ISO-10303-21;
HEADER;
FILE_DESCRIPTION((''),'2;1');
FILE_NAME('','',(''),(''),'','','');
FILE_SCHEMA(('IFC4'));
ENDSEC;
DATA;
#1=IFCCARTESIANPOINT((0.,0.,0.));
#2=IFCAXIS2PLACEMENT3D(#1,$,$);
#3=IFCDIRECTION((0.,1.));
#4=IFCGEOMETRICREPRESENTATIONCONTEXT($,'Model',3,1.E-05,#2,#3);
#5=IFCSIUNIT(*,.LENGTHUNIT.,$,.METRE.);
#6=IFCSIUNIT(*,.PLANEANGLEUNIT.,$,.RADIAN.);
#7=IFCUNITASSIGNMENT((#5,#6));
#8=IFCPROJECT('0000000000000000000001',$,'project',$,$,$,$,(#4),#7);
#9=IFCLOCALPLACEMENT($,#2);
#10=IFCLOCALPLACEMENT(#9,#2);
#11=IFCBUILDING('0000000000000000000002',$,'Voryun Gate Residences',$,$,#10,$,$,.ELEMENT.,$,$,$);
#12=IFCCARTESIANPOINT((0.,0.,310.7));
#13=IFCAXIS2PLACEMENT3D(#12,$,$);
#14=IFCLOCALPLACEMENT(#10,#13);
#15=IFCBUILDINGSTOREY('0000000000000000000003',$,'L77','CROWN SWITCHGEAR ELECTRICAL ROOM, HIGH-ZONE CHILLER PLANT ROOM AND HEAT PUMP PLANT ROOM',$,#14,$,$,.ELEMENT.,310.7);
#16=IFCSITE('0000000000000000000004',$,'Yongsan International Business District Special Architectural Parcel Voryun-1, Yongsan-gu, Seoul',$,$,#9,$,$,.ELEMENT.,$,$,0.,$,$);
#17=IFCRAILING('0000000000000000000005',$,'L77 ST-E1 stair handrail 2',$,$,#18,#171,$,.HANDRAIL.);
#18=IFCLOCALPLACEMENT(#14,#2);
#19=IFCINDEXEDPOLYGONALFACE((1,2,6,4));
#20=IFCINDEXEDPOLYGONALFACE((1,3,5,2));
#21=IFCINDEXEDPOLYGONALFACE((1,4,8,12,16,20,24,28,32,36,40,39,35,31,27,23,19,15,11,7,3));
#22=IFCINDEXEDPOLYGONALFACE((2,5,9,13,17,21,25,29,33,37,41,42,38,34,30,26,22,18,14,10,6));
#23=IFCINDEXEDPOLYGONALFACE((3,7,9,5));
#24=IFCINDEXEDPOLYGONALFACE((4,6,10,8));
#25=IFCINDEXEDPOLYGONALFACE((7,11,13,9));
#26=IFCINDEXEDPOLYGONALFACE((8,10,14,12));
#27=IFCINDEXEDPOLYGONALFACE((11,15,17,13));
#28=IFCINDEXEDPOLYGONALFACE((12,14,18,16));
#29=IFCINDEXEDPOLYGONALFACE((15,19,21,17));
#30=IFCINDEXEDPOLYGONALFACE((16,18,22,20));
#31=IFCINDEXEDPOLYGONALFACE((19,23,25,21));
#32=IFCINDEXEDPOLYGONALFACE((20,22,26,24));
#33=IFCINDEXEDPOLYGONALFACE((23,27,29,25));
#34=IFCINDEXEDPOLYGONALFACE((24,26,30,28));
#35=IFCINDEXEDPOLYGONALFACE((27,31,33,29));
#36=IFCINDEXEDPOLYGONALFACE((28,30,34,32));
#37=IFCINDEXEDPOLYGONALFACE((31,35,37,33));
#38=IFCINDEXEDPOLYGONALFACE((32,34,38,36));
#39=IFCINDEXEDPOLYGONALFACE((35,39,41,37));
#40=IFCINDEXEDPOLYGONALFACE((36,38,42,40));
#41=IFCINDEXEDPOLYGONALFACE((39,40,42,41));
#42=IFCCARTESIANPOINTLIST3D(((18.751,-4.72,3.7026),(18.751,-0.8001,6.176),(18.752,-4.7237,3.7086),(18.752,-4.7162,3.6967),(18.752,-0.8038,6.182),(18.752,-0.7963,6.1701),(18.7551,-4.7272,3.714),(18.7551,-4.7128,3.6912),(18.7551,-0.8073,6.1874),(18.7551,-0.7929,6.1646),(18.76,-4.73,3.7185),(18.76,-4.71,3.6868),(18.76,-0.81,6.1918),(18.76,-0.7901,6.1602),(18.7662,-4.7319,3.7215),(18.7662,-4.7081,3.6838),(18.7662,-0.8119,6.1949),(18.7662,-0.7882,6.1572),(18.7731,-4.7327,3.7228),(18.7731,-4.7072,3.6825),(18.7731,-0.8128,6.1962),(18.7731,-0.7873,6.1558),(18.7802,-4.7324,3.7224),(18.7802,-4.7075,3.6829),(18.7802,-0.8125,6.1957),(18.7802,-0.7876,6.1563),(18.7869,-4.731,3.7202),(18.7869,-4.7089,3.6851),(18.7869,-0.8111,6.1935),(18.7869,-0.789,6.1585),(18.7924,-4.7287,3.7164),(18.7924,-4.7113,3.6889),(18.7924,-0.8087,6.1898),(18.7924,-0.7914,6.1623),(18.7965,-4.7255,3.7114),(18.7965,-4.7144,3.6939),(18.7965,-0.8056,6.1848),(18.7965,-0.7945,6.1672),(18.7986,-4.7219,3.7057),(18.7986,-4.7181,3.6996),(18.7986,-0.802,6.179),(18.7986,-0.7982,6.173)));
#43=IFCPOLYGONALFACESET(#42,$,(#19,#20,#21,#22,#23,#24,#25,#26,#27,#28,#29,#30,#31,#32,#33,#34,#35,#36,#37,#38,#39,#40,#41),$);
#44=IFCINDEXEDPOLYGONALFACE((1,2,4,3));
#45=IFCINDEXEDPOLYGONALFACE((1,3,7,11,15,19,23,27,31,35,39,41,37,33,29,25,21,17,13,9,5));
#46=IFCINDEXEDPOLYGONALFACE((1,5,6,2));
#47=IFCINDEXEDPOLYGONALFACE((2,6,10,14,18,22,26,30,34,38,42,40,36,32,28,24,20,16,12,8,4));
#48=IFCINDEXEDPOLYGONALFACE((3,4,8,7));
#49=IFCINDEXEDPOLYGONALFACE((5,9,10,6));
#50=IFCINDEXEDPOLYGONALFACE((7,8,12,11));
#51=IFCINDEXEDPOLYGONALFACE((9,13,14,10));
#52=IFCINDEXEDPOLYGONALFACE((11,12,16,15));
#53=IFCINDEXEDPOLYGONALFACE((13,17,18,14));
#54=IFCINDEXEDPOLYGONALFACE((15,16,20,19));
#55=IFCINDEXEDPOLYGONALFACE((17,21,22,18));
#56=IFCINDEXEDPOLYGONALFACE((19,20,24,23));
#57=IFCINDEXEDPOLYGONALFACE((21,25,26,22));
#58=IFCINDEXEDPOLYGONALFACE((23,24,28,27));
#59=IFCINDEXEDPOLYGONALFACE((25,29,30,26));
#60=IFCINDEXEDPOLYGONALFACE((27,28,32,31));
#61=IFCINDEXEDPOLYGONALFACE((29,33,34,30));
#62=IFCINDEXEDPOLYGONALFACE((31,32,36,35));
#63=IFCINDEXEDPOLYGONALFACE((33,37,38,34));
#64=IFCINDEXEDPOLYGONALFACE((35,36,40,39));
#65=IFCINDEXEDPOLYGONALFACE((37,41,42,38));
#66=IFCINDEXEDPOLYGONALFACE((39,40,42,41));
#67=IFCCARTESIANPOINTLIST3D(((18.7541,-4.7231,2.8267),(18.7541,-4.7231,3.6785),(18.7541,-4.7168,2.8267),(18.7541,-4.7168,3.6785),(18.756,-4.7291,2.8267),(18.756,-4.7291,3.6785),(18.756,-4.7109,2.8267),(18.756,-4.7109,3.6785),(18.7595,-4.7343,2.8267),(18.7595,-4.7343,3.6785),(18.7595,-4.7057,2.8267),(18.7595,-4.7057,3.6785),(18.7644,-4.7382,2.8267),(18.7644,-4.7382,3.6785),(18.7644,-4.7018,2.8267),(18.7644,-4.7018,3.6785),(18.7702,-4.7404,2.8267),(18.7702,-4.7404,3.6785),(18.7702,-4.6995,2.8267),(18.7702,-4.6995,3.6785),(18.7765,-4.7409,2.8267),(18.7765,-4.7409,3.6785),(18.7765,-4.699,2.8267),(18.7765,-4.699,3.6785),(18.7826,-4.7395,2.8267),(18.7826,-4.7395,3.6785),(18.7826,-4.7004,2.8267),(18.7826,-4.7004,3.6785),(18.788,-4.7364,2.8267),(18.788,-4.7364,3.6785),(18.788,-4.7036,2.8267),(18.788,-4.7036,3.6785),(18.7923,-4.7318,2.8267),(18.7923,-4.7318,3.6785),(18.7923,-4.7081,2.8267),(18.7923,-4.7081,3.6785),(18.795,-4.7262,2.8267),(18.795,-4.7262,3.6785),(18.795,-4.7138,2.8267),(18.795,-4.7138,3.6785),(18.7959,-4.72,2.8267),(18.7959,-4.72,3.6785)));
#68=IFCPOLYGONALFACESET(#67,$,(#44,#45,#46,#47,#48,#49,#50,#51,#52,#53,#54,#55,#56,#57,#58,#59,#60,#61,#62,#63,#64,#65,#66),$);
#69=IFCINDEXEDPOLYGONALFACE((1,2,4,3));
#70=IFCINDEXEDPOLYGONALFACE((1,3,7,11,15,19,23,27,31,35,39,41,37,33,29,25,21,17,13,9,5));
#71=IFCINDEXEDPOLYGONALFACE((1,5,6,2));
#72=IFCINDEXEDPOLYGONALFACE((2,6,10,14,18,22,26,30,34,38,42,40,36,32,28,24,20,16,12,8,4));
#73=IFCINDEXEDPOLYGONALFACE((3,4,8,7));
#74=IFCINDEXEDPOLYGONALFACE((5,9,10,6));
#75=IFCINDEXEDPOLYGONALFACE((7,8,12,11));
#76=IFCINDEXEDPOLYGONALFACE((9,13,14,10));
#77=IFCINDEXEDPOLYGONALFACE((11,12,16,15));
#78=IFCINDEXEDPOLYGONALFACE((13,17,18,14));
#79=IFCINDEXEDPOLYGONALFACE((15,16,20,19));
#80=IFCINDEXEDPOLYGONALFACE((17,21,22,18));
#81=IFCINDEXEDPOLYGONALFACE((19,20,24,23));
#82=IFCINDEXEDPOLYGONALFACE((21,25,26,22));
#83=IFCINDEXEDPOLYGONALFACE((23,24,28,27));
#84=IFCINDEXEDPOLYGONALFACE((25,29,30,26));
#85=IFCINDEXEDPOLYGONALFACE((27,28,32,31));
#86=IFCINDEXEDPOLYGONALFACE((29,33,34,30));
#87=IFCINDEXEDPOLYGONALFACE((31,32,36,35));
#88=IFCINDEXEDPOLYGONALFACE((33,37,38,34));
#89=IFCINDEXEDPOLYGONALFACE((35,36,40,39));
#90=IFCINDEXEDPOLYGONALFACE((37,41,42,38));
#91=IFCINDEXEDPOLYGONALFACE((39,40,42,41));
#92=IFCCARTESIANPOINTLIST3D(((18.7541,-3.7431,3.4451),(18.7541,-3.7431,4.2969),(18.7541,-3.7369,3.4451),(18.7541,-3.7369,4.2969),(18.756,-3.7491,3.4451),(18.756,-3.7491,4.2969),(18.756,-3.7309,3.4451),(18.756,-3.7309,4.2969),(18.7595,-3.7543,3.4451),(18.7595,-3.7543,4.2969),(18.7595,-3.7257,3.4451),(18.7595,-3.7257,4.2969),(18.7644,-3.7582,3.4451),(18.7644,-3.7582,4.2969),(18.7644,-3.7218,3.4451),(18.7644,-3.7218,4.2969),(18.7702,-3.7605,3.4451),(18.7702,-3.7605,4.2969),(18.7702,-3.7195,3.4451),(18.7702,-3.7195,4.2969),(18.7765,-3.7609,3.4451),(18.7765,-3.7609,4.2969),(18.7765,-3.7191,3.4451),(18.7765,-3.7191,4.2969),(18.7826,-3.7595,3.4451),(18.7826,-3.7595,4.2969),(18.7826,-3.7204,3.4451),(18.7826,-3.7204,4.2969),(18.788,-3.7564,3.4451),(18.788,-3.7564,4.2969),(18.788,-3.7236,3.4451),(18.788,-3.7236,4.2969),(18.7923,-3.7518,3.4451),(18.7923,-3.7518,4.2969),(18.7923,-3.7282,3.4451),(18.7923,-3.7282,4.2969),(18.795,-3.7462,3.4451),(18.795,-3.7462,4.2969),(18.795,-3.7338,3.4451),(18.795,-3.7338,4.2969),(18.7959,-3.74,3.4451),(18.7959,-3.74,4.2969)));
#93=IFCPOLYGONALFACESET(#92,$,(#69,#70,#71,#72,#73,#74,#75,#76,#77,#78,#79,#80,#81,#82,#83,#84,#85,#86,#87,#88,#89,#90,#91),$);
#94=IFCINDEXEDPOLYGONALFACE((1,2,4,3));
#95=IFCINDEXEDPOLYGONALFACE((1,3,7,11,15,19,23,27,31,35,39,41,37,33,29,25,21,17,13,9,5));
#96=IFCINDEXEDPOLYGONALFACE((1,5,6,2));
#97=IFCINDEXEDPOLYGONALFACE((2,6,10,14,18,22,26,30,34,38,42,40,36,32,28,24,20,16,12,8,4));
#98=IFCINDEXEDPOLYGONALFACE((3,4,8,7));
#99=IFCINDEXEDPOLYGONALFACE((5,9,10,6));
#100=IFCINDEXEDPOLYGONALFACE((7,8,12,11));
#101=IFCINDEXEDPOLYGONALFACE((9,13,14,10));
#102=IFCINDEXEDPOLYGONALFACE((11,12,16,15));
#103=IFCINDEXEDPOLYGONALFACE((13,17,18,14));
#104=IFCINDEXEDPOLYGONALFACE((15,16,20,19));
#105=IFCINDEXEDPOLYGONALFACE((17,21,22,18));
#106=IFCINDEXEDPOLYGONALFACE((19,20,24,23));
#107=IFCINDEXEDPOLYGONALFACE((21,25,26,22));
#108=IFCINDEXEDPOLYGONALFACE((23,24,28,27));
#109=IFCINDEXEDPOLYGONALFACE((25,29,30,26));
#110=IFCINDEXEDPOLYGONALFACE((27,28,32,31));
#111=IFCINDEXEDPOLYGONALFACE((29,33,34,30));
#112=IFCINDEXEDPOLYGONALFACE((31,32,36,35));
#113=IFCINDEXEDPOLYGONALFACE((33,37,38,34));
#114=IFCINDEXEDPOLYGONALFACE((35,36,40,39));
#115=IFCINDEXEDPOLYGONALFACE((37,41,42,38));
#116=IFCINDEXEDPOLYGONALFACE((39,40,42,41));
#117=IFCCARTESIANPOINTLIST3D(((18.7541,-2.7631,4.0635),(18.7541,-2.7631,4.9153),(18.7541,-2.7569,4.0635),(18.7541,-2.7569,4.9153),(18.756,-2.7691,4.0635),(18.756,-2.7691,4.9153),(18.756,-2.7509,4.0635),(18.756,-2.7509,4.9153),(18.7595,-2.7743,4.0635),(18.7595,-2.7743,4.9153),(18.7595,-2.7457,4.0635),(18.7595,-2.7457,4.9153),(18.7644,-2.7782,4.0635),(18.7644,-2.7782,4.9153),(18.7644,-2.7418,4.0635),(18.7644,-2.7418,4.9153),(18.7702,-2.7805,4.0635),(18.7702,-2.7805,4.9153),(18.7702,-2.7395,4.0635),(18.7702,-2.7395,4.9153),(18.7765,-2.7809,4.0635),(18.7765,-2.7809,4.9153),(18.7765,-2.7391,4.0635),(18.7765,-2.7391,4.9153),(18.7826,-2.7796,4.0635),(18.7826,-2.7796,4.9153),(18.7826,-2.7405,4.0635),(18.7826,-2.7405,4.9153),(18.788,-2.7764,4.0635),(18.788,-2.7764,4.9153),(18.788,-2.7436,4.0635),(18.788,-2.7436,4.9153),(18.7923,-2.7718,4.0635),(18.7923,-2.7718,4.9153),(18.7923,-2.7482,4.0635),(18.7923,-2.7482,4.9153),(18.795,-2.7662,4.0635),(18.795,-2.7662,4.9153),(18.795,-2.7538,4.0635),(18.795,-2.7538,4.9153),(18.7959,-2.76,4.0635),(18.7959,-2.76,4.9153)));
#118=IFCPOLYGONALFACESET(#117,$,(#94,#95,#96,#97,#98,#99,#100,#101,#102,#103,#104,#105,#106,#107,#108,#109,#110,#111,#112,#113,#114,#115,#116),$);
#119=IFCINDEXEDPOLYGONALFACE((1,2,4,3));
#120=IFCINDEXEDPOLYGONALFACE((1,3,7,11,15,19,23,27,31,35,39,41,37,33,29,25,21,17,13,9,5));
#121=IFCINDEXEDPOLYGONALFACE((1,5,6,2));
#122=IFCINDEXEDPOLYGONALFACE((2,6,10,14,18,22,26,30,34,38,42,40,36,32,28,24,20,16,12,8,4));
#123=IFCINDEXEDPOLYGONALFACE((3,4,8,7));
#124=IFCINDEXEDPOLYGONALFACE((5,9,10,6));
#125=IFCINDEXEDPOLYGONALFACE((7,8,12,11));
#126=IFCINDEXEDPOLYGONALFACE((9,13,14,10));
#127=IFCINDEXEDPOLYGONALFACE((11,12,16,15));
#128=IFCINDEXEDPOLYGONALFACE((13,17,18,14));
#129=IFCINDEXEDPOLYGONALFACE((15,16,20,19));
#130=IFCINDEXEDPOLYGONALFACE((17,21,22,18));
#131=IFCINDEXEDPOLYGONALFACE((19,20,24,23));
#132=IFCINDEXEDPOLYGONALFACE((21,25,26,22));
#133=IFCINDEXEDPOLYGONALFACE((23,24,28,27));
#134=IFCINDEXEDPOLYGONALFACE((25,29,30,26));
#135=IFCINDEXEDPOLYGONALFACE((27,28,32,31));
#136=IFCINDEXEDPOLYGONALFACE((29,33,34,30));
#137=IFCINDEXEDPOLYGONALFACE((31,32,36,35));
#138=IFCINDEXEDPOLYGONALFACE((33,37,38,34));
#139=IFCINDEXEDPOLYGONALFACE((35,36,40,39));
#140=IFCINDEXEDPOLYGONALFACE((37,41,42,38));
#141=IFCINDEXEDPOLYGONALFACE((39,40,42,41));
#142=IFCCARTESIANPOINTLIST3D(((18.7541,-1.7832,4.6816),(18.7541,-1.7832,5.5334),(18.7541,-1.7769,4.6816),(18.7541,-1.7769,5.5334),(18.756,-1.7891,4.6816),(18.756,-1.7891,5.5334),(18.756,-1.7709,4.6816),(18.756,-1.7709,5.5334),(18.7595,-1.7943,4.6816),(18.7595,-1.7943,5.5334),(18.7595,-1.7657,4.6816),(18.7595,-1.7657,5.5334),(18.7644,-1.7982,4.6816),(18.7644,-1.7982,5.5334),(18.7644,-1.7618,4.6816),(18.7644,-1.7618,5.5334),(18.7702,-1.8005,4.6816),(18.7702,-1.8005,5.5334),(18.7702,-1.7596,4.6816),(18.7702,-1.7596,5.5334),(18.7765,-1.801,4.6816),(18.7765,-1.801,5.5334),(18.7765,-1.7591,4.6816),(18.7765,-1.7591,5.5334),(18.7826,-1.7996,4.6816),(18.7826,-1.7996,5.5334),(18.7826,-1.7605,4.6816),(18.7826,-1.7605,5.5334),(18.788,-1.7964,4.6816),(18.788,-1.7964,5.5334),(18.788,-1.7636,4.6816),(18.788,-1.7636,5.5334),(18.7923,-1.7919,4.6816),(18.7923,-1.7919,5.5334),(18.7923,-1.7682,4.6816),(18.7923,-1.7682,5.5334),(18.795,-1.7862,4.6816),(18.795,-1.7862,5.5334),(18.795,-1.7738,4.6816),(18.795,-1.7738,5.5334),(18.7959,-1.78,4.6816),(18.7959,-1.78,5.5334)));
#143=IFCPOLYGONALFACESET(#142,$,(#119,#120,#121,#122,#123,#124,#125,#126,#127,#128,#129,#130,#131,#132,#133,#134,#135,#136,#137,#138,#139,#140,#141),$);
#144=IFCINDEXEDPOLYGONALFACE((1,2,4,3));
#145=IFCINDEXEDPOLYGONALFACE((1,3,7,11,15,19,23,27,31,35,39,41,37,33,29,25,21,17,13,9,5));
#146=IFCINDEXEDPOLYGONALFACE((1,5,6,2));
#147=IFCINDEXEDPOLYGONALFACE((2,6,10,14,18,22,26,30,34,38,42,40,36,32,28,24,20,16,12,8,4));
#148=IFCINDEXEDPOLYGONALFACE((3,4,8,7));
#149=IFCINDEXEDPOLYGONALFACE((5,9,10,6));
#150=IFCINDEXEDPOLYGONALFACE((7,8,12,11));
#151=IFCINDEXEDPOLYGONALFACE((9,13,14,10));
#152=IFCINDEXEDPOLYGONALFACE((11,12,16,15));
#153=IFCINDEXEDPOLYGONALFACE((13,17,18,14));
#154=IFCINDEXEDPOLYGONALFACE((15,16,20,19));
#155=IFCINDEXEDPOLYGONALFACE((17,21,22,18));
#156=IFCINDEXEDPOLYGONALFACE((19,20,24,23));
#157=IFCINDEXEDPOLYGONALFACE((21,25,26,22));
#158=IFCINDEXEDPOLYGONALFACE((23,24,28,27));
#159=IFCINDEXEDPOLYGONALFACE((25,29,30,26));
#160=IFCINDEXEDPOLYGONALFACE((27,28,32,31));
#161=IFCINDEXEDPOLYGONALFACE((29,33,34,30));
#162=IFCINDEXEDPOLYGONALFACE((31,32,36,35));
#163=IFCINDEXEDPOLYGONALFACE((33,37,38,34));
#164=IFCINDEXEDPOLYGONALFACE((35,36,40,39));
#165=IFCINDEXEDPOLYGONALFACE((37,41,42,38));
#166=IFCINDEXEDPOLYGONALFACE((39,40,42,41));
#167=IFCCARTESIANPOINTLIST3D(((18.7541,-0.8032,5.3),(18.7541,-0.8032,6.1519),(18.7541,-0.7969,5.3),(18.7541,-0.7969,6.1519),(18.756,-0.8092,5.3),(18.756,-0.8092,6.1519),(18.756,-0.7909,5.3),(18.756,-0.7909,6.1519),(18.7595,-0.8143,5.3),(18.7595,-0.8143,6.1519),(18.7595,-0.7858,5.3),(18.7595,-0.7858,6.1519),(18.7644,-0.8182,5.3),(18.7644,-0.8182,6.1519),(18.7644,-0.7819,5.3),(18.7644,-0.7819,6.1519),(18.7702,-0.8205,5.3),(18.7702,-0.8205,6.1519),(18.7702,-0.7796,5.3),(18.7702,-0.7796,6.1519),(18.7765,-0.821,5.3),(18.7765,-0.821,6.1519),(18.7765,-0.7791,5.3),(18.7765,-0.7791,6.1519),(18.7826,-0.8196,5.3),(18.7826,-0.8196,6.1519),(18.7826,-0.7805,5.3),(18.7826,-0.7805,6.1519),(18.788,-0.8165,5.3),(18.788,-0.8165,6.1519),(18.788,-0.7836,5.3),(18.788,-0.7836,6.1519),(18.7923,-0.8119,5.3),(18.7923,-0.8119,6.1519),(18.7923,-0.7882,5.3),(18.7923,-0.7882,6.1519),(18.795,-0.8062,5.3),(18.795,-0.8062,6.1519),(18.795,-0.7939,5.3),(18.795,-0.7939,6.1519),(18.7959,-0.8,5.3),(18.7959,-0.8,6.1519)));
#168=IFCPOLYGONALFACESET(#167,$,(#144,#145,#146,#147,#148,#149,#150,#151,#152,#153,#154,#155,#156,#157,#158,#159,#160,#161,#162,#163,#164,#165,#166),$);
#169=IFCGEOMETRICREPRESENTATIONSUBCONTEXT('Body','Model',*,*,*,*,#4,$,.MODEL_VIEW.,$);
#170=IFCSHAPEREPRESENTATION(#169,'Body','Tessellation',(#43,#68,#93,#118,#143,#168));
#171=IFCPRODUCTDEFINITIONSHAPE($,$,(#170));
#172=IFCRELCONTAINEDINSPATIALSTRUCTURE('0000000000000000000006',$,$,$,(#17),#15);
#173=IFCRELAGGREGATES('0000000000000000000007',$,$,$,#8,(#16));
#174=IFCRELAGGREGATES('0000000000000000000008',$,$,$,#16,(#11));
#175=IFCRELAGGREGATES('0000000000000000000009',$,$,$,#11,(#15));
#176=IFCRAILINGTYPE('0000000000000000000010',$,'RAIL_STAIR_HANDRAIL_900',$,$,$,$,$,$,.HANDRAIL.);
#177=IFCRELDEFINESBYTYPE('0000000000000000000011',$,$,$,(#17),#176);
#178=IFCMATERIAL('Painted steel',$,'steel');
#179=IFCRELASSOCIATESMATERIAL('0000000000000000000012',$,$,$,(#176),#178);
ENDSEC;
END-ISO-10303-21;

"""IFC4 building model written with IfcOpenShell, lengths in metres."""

from ifc_helpers import new_model, si_unit, direction, frame, origin, origin_2d, place, context, subcontext, project, spatial, circle, extrude, material, type_object, element, save


model = new_model("IFC4")

# Units and contexts
model_context = context("Model", 3, precision=1e-05, world=origin(), true_north=direction((0.0, 1.0)))
body_context = subcontext(model_context, "Body", "Model", "MODEL_VIEW")
ifc_project = project(units=[si_unit("LENGTHUNIT", "METRE"), si_unit("PLANEANGLEUNIT", "RADIAN")], contexts=[model_context])

# Site, building, storey
site_placement = place(None, origin())
site = spatial("IfcSite", under=ifc_project, at=site_placement, Name="Yongsan International Business District Special Architectural Parcel Voryun-1, Yongsan-gu, Seoul", CompositionType="ELEMENT", RefElevation=0.0)
building_placement = place(site_placement, origin())
building = spatial("IfcBuilding", under=site, at=building_placement, Name="Voryun Gate Residences", CompositionType="ELEMENT")
storey_placement = place(building_placement, frame((0.0, 0.0, 310.7)))
storey = spatial("IfcBuildingStorey", under=building, at=storey_placement, Name="L77", Description="CROWN SWITCHGEAR ELECTRICAL ROOM, HIGH-ZONE CHILLER PLANT ROOM AND HEAT PUMP PLANT ROOM", CompositionType="ELEMENT", Elevation=310.7)

# Railing
ifc_material_1 = material(Name="Painted steel", Category="steel")
railing_type_1 = type_object("IfcRailingType", Name="RAIL_STAIR_HANDRAIL_900", PredefinedType="HANDRAIL", material=ifc_material_1)
railing_1_placement = place(storey_placement, frame((18.7749, -4.72, 2.8267)))
element("IfcRailing", 1, at=railing_1_placement, inside=storey, type_object=railing_type_1, Name="L77 ST-E1 stair handrail 2", PredefinedType="HANDRAIL", context=body_context, shape_type="SweptSolid", body=[
    extrude(circle(Radius=0.0239, at=origin_2d()), frame((0.0, 0.0, 0.876), z_axis=(0.0, 0.845718, 0.53363), x_axis=(-1.0, 0.0, 0.0)), (0.0, 0.0, 1.0), 4.635),
    extrude(circle(Radius=0.021, at=origin_2d()), origin(), (0.0, 0.0, 1.0), 0.8518),
    extrude(circle(Radius=0.021, at=origin_2d()), frame((0.0, 0.98, 0.6184)), (0.0, 0.0, 1.0), 0.8518),
    extrude(circle(Radius=0.021, at=origin_2d()), frame((0.0, 1.96, 1.2368)), (0.0, 0.0, 1.0), 0.8518),
    extrude(circle(Radius=0.021, at=origin_2d()), frame((0.0, 2.9399, 1.855)), (0.0, 0.0, 1.0), 0.8518),
    extrude(circle(Radius=0.021, at=origin_2d()), frame((0.0, 3.9199, 2.4734)), (0.0, 0.0, 1.0), 0.8518),
])

save(model, "model.ifc")
